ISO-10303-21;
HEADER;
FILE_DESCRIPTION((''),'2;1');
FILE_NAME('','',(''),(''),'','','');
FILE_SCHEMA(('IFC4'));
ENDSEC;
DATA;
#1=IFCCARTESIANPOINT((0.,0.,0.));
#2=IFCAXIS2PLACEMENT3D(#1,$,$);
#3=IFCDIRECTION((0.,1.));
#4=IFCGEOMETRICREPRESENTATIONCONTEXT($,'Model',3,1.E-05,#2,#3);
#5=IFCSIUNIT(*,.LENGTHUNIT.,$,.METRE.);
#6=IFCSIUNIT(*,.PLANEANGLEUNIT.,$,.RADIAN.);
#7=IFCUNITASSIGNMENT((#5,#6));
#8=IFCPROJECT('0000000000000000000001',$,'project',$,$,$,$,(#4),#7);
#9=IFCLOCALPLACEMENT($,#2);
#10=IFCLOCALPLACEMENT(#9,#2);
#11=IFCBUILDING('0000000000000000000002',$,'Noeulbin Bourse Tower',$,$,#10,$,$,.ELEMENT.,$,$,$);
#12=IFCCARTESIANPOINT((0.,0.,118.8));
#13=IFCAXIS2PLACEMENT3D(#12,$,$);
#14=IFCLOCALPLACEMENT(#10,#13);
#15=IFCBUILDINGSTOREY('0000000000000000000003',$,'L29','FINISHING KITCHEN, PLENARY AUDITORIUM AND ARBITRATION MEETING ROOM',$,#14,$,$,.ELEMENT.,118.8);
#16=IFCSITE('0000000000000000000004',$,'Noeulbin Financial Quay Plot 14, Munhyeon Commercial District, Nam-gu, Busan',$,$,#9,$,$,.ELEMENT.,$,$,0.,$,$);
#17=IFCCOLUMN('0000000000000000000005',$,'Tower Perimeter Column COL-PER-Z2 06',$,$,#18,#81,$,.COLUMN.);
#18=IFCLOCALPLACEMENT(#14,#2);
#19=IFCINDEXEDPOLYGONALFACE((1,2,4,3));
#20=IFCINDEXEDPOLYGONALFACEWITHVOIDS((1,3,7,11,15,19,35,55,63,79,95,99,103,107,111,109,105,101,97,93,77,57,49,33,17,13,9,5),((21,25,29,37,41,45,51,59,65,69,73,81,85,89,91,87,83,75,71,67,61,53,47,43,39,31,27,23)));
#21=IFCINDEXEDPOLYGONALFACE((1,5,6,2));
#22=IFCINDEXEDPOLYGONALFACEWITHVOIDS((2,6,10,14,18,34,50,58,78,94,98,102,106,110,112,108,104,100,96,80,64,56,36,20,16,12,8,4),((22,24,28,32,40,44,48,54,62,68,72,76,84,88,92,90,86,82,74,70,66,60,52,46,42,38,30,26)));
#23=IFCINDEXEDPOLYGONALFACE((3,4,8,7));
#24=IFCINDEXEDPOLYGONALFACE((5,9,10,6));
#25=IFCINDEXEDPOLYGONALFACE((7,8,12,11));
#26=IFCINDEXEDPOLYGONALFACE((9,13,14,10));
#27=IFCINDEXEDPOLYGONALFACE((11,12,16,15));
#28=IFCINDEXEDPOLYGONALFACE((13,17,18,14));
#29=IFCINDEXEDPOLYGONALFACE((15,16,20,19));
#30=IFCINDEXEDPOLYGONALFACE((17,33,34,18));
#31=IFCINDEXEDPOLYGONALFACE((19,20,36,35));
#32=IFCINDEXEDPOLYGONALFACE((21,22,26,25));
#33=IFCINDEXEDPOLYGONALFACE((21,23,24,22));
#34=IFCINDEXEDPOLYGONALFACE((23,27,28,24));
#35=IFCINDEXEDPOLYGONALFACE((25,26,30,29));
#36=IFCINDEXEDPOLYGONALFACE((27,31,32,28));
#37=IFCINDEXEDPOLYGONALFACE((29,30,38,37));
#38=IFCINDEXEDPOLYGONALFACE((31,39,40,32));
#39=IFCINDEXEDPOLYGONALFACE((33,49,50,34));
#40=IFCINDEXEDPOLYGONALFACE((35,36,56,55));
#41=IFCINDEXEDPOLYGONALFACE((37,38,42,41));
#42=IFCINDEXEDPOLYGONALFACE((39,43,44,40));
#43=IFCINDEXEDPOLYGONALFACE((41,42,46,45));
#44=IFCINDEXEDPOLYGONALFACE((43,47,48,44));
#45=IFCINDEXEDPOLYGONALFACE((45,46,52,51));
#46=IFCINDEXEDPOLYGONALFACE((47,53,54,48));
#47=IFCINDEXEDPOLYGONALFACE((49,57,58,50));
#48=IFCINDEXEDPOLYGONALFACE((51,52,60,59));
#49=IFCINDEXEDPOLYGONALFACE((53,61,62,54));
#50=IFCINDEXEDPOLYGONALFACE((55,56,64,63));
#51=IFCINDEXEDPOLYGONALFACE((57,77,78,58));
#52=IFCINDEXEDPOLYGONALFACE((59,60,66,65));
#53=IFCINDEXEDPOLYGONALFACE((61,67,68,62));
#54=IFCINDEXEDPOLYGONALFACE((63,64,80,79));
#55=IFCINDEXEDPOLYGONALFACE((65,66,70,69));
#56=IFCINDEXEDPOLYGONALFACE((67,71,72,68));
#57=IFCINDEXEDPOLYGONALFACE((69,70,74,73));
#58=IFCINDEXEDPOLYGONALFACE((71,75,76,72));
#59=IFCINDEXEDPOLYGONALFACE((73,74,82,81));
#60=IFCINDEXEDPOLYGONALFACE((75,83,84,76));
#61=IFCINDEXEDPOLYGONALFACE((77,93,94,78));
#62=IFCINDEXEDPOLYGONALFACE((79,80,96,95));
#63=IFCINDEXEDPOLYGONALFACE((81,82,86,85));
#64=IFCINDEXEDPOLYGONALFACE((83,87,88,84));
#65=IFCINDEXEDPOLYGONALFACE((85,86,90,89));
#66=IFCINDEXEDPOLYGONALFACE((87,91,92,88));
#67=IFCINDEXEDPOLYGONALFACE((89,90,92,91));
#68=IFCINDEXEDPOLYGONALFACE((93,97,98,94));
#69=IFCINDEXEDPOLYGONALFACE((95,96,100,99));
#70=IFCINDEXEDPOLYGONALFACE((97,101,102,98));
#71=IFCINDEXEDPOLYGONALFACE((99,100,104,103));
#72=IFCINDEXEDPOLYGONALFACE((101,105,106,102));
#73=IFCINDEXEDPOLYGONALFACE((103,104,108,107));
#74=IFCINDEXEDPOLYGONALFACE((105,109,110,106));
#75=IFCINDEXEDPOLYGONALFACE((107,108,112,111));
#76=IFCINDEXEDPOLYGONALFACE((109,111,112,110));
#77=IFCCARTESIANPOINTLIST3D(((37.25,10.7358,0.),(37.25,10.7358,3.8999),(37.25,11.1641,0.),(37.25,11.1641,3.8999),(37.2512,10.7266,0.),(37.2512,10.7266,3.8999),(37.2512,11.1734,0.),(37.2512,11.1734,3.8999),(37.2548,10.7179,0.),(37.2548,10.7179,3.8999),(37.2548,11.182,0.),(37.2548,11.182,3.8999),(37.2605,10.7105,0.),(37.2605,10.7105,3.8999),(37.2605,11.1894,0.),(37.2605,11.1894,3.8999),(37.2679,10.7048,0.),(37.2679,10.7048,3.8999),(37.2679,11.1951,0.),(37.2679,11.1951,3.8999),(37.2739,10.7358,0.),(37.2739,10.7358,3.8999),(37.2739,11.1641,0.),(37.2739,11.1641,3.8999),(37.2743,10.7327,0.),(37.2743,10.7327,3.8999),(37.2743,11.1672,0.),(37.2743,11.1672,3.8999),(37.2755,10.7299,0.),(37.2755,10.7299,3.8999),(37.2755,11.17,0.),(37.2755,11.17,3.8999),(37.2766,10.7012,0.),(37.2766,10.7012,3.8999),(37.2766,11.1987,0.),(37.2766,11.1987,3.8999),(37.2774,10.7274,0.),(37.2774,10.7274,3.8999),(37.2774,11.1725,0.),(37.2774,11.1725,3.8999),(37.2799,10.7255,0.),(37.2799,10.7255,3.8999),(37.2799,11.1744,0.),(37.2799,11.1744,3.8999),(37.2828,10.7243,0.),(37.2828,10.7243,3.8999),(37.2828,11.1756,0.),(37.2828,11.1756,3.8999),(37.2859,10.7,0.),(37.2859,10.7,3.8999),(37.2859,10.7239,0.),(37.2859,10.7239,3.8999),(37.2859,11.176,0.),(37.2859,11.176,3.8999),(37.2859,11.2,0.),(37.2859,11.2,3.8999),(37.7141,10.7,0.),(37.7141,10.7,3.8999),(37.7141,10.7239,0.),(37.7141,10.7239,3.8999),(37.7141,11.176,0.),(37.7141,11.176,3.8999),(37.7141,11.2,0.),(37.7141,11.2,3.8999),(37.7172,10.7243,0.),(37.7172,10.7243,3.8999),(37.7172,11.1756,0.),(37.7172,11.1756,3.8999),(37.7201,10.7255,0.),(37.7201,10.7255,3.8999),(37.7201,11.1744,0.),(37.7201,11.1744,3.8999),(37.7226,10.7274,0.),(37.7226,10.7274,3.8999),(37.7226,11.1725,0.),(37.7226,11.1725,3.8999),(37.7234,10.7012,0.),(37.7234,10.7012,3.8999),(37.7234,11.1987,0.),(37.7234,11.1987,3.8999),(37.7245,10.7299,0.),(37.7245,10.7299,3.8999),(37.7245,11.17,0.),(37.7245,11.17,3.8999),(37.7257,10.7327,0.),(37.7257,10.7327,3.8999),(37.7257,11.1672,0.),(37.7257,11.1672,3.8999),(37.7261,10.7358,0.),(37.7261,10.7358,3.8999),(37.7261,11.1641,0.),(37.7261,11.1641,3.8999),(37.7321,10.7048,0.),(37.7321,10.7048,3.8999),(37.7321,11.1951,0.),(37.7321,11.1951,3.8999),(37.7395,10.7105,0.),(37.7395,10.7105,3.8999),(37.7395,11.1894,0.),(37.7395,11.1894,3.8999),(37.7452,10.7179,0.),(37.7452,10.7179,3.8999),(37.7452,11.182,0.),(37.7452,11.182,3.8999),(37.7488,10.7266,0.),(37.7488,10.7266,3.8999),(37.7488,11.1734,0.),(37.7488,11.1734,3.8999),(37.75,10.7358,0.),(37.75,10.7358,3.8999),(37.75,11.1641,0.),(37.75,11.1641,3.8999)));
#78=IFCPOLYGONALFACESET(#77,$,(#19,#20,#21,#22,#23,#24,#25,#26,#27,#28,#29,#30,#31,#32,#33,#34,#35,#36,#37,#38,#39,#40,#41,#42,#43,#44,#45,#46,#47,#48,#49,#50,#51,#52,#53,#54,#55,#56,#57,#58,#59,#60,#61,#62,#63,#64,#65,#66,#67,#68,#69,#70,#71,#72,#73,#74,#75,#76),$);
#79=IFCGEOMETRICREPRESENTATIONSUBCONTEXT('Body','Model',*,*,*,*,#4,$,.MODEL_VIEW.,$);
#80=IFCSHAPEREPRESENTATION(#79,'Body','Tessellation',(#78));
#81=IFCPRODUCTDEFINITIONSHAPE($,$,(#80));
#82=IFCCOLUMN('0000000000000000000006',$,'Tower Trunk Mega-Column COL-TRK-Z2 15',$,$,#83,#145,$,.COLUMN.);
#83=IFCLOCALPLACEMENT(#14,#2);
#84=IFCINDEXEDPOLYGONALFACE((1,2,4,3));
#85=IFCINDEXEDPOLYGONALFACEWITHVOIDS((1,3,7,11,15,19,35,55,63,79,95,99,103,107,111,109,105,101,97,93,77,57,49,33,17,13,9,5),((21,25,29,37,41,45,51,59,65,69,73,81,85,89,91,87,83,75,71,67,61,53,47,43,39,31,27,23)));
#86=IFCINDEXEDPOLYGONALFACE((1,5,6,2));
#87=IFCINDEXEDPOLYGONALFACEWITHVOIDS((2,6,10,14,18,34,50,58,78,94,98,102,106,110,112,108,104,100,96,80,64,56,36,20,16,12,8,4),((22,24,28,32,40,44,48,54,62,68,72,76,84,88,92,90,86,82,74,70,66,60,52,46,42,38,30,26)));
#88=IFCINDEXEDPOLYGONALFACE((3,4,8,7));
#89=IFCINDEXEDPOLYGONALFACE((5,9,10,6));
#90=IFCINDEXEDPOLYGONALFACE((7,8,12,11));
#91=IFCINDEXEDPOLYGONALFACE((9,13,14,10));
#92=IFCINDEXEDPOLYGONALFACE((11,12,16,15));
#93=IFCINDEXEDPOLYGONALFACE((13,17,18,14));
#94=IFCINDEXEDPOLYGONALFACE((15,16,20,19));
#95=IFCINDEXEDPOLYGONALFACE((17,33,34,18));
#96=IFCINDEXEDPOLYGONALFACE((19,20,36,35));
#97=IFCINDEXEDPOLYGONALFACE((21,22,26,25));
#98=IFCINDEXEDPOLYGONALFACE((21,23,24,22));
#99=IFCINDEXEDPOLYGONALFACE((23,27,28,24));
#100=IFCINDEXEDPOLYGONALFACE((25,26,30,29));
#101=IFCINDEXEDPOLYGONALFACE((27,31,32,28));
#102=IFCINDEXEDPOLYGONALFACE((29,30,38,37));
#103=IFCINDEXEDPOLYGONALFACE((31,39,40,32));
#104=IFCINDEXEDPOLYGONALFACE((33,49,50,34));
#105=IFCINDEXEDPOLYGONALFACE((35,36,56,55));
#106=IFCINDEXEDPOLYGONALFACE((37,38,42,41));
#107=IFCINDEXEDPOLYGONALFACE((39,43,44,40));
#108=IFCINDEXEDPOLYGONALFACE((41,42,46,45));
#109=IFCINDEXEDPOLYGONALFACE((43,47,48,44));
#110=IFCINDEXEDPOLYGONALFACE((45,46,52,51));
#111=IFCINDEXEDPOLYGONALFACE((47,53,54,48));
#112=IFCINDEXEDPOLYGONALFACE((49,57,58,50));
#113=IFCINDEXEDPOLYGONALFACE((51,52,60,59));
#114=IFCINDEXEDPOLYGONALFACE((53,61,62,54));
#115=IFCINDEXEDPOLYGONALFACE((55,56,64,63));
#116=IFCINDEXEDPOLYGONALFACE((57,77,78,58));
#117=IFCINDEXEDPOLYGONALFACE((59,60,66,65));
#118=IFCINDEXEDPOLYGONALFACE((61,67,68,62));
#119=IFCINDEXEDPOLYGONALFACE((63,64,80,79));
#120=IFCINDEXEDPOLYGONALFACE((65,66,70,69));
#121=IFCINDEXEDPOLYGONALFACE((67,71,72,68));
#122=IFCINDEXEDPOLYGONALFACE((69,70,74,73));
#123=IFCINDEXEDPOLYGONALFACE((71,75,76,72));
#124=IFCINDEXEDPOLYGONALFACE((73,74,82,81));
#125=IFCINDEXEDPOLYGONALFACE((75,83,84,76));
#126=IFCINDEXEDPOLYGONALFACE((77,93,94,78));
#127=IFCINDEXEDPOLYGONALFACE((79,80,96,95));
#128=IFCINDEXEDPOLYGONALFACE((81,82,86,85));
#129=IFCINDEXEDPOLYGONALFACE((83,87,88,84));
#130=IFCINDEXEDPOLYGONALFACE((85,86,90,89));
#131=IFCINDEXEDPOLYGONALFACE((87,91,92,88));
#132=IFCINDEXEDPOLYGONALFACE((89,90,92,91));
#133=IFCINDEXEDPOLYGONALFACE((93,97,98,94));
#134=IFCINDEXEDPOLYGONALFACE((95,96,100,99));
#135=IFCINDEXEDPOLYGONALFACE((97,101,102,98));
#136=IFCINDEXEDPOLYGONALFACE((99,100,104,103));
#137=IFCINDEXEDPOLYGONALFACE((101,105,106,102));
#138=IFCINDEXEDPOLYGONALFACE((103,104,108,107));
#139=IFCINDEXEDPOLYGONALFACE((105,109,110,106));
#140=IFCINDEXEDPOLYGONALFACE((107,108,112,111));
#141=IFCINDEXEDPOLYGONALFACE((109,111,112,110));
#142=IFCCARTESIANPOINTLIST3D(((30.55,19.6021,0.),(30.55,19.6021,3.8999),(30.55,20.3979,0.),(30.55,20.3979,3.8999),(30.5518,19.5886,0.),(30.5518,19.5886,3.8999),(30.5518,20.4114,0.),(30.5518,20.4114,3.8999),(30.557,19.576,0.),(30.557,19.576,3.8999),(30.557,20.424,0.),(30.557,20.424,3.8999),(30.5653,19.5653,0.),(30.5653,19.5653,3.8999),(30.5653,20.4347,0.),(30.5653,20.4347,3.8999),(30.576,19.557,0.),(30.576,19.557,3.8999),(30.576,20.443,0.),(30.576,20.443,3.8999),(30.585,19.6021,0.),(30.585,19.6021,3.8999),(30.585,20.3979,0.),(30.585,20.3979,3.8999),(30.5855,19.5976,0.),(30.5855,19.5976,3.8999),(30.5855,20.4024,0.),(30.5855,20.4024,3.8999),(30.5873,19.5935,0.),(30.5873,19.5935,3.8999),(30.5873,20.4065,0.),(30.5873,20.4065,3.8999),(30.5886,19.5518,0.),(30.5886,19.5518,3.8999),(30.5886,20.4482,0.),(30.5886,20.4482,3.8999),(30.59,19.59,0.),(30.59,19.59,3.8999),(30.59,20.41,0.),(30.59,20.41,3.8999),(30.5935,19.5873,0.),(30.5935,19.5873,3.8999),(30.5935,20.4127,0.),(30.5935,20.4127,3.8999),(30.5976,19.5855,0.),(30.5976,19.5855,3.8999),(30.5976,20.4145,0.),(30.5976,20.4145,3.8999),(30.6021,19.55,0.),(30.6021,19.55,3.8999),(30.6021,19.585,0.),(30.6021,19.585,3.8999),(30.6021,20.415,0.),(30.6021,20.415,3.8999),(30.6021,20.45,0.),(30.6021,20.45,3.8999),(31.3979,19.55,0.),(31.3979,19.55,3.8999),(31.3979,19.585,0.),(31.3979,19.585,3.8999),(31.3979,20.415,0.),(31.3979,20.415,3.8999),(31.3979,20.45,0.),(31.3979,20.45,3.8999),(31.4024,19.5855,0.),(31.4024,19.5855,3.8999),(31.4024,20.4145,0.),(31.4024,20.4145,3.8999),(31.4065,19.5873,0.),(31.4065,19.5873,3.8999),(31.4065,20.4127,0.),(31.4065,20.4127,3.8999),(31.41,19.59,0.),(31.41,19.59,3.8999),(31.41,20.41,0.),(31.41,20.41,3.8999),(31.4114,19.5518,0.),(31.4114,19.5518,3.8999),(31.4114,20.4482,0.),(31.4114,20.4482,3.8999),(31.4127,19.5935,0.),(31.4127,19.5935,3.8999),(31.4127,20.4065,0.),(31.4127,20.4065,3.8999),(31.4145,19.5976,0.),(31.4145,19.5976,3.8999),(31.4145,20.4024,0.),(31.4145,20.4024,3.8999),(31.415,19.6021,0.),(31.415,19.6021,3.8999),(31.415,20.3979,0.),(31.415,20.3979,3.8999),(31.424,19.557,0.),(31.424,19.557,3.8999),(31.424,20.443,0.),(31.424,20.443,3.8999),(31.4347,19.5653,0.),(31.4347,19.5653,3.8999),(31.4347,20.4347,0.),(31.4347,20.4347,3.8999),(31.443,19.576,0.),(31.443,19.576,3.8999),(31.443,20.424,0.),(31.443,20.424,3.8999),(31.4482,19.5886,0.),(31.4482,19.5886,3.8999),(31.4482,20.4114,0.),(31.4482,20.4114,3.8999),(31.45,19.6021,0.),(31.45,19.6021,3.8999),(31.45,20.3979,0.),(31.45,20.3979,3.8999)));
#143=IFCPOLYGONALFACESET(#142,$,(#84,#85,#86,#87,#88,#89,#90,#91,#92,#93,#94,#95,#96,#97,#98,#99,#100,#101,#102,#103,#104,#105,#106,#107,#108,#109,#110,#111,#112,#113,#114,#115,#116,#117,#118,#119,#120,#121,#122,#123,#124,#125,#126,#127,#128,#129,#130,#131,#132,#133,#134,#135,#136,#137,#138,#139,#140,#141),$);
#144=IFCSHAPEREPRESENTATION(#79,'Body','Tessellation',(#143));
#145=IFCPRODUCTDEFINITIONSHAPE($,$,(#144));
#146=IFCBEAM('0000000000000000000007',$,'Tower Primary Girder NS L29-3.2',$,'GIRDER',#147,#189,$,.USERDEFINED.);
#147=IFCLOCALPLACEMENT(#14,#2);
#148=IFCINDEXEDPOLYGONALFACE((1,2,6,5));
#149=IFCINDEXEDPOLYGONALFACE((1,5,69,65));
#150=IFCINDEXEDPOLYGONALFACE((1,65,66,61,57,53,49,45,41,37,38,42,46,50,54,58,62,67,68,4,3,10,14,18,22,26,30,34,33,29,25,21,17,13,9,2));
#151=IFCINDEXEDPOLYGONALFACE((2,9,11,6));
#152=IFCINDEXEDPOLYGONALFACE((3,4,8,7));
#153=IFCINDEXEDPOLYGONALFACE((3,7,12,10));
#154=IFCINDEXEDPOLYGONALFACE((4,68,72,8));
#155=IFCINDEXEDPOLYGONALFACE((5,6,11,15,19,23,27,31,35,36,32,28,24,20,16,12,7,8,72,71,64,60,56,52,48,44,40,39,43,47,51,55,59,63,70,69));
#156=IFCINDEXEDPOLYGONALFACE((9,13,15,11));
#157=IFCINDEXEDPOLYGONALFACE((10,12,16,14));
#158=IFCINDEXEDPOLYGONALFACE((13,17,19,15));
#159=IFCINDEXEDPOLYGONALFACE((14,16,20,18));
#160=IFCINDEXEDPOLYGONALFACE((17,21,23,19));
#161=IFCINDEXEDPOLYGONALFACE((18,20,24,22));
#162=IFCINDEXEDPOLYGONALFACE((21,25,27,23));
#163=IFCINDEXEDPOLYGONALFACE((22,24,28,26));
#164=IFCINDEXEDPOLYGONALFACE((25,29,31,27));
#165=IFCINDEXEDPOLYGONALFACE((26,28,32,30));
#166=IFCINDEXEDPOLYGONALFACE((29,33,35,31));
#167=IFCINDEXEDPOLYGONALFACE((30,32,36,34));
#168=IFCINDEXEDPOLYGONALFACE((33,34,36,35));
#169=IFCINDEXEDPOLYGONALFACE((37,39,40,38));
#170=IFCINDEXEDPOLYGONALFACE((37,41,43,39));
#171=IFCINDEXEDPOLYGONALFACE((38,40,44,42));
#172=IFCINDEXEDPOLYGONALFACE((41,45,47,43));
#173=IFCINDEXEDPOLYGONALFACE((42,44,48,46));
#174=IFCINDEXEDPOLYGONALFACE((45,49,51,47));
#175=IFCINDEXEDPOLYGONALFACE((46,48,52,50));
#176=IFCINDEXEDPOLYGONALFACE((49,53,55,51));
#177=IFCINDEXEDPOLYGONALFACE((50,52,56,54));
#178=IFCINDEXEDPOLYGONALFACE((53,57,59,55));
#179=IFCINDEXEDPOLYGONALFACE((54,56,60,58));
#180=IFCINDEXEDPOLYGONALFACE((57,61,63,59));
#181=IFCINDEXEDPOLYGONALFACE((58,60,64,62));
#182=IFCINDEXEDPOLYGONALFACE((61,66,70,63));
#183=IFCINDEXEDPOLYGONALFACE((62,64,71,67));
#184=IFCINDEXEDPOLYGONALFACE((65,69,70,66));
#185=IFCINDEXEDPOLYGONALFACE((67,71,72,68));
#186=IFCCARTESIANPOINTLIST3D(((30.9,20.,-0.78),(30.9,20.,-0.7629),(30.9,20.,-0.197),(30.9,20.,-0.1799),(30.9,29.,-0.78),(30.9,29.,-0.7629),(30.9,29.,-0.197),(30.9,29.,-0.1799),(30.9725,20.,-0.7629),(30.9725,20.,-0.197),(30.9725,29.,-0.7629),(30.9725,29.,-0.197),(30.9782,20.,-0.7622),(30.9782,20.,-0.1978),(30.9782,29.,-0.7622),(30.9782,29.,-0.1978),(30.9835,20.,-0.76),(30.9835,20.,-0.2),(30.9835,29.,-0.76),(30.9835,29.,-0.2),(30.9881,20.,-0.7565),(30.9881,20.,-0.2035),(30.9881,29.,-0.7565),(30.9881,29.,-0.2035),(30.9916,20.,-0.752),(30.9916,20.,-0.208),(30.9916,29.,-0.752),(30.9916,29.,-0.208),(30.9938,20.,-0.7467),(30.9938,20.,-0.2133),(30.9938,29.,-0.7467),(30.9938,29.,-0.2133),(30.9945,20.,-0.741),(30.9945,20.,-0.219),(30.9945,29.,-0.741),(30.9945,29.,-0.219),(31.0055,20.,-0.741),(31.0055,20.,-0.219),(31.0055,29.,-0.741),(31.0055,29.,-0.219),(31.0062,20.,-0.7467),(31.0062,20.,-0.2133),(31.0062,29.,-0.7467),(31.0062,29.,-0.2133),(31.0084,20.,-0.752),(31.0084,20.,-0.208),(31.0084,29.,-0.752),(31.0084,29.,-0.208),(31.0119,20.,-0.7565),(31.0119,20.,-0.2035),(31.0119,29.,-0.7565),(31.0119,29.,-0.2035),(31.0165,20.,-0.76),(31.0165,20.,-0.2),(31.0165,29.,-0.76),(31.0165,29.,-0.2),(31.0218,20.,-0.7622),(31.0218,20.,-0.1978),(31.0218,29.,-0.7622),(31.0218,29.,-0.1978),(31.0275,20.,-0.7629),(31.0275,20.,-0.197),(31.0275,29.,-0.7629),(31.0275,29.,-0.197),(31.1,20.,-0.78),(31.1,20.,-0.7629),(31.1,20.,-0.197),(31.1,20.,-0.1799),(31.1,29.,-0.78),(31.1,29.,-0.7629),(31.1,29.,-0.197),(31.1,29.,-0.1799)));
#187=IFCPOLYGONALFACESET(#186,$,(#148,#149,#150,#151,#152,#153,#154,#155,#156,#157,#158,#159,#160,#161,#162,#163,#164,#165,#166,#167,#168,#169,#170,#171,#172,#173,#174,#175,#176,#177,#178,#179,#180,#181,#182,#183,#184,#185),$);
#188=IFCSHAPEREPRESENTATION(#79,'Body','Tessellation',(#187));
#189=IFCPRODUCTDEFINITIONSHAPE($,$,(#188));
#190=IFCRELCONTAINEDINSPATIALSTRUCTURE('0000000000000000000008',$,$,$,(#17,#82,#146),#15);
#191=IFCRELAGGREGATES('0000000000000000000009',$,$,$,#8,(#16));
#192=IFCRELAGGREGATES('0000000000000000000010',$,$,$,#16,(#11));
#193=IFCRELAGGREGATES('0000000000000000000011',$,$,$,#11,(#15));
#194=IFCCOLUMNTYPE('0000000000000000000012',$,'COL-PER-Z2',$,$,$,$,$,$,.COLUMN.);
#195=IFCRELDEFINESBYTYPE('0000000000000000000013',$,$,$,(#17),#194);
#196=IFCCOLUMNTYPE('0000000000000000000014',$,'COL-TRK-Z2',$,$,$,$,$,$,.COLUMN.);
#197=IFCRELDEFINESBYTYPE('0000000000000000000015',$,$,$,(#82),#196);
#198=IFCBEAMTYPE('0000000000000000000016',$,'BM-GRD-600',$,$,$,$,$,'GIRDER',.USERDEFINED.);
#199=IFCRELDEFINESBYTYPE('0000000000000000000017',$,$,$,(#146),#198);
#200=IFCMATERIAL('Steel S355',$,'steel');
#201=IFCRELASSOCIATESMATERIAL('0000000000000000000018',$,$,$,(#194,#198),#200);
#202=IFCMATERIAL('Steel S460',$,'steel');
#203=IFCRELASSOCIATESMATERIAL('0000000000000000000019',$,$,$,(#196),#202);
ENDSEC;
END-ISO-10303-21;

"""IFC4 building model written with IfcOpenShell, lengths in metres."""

from ifc_helpers import new_model, si_unit, direction, frame, origin, origin_2d, place, context, subcontext, project, spatial, hollow_rectangle, i_section, extrude, material, material_profile, profile_set, type_object, element, save


model = new_model("IFC4")

# Units and contexts
model_context = context("Model", 3, precision=1e-05, world=origin(), true_north=direction((0.0, 1.0)))
body_context = subcontext(model_context, "Body", "Model", "MODEL_VIEW")
ifc_project = project(units=[si_unit("LENGTHUNIT", "METRE"), si_unit("PLANEANGLEUNIT", "RADIAN")], contexts=[model_context])

# Site, building, storey
site_placement = place(None, origin())
site = spatial("IfcSite", under=ifc_project, at=site_placement, Name="Noeulbin Financial Quay Plot 14, Munhyeon Commercial District, Nam-gu, Busan", CompositionType="ELEMENT", RefElevation=0.0)
building_placement = place(site_placement, origin())
building = spatial("IfcBuilding", under=site, at=building_placement, Name="Noeulbin Bourse Tower", CompositionType="ELEMENT")
storey_placement = place(building_placement, frame((0.0, 0.0, 118.8)))
storey = spatial("IfcBuildingStorey", under=building, at=storey_placement, Name="L29", Description="FINISHING KITCHEN, PLENARY AUDITORIUM AND ARBITRATION MEETING ROOM", CompositionType="ELEMENT", Elevation=118.8)

# Columns
ifc_material_1 = material(Name="Steel S355", Category="steel")
ifc_material_profile_1 = material_profile(ifc_material_1, hollow_rectangle(XDim=0.5, YDim=0.5, WallThickness=0.0239, InnerFilletRadius=0.012, OuterFilletRadius=0.0359, at=origin_2d()), Name="BOX-500x500x24", Category="LoadBearing")
ifc_profile_set_1 = profile_set([ifc_material_profile_1], Name="Steel S355")
column_type_1 = type_object("IfcColumnType", Name="COL-PER-Z2", PredefinedType="COLUMN", material=ifc_profile_set_1)
column_1_placement = place(storey_placement, frame((37.5, 10.95, 0.0), z_axis=(0.0, 0.0, 1.0), x_axis=(1.0, 0.0, 0.0)))
element("IfcColumn", 1, at=column_1_placement, inside=storey, type_object=column_type_1, Name="Tower Perimeter Column COL-PER-Z2 06", PredefinedType="COLUMN", context=body_context, shape_type="SweptSolid", body=[
    extrude(hollow_rectangle(XDim=0.5, YDim=0.5, WallThickness=0.0239, InnerFilletRadius=0.012, OuterFilletRadius=0.0359, at=origin_2d()), origin(), (0.0, 0.0, 1.0), 3.8999),
])
ifc_material_2 = material(Name="Steel S460", Category="steel")
ifc_material_profile_2 = material_profile(ifc_material_2, hollow_rectangle(XDim=0.8999, YDim=0.8999, WallThickness=0.0349, InnerFilletRadius=0.0171, OuterFilletRadius=0.052, at=origin_2d()), Name="BOX-900x900x35", Category="LoadBearing")
ifc_profile_set_2 = profile_set([ifc_material_profile_2], Name="Steel S460")
column_type_2 = type_object("IfcColumnType", Name="COL-TRK-Z2", PredefinedType="COLUMN", material=ifc_profile_set_2)
column_2_placement = place(storey_placement, frame((31.0, 20.0, 0.0), z_axis=(0.0, 0.0, 1.0), x_axis=(1.0, 0.0, 0.0)))
element("IfcColumn", 2, at=column_2_placement, inside=storey, type_object=column_type_2, Name="Tower Trunk Mega-Column COL-TRK-Z2 15", PredefinedType="COLUMN", context=body_context, shape_type="SweptSolid", body=[
    extrude(hollow_rectangle(XDim=0.8999, YDim=0.8999, WallThickness=0.0349, InnerFilletRadius=0.0171, OuterFilletRadius=0.052, at=origin_2d()), origin(), (0.0, 0.0, 1.0), 3.8999),
])

# Beam
ifc_material_profile_3 = material_profile(ifc_material_1, i_section(OverallWidth=0.2, OverallDepth=0.6001, WebThickness=0.011, FlangeThickness=0.0171, FilletRadius=0.022, at=origin_2d()), Name="H-600x200x11x17", Category="LoadBearing")
ifc_profile_set_3 = profile_set([ifc_material_profile_3], Name="Steel S355")
beam_type_1 = type_object("IfcBeamType", Name="BM-GRD-600", ElementType="GIRDER", PredefinedType="USERDEFINED", material=ifc_profile_set_3)
beam_1_placement = place(storey_placement, frame((31.0, 20.0, -0.48), z_axis=(0.0, 1.0, 0.0), x_axis=(-1.0, 0.0, 0.0)))
element("IfcBeam", 3, at=beam_1_placement, inside=storey, type_object=beam_type_1, Name="Tower Primary Girder NS L29-3.2", ObjectType="GIRDER", PredefinedType="USERDEFINED", context=body_context, shape_type="SweptSolid", body=[
    extrude(i_section(OverallWidth=0.2, OverallDepth=0.6001, WebThickness=0.011, FlangeThickness=0.0171, FilletRadius=0.022, at=origin_2d()), origin(), (0.0, 0.0, 1.0), 9.0),
])

save(model, "model.ifc")
